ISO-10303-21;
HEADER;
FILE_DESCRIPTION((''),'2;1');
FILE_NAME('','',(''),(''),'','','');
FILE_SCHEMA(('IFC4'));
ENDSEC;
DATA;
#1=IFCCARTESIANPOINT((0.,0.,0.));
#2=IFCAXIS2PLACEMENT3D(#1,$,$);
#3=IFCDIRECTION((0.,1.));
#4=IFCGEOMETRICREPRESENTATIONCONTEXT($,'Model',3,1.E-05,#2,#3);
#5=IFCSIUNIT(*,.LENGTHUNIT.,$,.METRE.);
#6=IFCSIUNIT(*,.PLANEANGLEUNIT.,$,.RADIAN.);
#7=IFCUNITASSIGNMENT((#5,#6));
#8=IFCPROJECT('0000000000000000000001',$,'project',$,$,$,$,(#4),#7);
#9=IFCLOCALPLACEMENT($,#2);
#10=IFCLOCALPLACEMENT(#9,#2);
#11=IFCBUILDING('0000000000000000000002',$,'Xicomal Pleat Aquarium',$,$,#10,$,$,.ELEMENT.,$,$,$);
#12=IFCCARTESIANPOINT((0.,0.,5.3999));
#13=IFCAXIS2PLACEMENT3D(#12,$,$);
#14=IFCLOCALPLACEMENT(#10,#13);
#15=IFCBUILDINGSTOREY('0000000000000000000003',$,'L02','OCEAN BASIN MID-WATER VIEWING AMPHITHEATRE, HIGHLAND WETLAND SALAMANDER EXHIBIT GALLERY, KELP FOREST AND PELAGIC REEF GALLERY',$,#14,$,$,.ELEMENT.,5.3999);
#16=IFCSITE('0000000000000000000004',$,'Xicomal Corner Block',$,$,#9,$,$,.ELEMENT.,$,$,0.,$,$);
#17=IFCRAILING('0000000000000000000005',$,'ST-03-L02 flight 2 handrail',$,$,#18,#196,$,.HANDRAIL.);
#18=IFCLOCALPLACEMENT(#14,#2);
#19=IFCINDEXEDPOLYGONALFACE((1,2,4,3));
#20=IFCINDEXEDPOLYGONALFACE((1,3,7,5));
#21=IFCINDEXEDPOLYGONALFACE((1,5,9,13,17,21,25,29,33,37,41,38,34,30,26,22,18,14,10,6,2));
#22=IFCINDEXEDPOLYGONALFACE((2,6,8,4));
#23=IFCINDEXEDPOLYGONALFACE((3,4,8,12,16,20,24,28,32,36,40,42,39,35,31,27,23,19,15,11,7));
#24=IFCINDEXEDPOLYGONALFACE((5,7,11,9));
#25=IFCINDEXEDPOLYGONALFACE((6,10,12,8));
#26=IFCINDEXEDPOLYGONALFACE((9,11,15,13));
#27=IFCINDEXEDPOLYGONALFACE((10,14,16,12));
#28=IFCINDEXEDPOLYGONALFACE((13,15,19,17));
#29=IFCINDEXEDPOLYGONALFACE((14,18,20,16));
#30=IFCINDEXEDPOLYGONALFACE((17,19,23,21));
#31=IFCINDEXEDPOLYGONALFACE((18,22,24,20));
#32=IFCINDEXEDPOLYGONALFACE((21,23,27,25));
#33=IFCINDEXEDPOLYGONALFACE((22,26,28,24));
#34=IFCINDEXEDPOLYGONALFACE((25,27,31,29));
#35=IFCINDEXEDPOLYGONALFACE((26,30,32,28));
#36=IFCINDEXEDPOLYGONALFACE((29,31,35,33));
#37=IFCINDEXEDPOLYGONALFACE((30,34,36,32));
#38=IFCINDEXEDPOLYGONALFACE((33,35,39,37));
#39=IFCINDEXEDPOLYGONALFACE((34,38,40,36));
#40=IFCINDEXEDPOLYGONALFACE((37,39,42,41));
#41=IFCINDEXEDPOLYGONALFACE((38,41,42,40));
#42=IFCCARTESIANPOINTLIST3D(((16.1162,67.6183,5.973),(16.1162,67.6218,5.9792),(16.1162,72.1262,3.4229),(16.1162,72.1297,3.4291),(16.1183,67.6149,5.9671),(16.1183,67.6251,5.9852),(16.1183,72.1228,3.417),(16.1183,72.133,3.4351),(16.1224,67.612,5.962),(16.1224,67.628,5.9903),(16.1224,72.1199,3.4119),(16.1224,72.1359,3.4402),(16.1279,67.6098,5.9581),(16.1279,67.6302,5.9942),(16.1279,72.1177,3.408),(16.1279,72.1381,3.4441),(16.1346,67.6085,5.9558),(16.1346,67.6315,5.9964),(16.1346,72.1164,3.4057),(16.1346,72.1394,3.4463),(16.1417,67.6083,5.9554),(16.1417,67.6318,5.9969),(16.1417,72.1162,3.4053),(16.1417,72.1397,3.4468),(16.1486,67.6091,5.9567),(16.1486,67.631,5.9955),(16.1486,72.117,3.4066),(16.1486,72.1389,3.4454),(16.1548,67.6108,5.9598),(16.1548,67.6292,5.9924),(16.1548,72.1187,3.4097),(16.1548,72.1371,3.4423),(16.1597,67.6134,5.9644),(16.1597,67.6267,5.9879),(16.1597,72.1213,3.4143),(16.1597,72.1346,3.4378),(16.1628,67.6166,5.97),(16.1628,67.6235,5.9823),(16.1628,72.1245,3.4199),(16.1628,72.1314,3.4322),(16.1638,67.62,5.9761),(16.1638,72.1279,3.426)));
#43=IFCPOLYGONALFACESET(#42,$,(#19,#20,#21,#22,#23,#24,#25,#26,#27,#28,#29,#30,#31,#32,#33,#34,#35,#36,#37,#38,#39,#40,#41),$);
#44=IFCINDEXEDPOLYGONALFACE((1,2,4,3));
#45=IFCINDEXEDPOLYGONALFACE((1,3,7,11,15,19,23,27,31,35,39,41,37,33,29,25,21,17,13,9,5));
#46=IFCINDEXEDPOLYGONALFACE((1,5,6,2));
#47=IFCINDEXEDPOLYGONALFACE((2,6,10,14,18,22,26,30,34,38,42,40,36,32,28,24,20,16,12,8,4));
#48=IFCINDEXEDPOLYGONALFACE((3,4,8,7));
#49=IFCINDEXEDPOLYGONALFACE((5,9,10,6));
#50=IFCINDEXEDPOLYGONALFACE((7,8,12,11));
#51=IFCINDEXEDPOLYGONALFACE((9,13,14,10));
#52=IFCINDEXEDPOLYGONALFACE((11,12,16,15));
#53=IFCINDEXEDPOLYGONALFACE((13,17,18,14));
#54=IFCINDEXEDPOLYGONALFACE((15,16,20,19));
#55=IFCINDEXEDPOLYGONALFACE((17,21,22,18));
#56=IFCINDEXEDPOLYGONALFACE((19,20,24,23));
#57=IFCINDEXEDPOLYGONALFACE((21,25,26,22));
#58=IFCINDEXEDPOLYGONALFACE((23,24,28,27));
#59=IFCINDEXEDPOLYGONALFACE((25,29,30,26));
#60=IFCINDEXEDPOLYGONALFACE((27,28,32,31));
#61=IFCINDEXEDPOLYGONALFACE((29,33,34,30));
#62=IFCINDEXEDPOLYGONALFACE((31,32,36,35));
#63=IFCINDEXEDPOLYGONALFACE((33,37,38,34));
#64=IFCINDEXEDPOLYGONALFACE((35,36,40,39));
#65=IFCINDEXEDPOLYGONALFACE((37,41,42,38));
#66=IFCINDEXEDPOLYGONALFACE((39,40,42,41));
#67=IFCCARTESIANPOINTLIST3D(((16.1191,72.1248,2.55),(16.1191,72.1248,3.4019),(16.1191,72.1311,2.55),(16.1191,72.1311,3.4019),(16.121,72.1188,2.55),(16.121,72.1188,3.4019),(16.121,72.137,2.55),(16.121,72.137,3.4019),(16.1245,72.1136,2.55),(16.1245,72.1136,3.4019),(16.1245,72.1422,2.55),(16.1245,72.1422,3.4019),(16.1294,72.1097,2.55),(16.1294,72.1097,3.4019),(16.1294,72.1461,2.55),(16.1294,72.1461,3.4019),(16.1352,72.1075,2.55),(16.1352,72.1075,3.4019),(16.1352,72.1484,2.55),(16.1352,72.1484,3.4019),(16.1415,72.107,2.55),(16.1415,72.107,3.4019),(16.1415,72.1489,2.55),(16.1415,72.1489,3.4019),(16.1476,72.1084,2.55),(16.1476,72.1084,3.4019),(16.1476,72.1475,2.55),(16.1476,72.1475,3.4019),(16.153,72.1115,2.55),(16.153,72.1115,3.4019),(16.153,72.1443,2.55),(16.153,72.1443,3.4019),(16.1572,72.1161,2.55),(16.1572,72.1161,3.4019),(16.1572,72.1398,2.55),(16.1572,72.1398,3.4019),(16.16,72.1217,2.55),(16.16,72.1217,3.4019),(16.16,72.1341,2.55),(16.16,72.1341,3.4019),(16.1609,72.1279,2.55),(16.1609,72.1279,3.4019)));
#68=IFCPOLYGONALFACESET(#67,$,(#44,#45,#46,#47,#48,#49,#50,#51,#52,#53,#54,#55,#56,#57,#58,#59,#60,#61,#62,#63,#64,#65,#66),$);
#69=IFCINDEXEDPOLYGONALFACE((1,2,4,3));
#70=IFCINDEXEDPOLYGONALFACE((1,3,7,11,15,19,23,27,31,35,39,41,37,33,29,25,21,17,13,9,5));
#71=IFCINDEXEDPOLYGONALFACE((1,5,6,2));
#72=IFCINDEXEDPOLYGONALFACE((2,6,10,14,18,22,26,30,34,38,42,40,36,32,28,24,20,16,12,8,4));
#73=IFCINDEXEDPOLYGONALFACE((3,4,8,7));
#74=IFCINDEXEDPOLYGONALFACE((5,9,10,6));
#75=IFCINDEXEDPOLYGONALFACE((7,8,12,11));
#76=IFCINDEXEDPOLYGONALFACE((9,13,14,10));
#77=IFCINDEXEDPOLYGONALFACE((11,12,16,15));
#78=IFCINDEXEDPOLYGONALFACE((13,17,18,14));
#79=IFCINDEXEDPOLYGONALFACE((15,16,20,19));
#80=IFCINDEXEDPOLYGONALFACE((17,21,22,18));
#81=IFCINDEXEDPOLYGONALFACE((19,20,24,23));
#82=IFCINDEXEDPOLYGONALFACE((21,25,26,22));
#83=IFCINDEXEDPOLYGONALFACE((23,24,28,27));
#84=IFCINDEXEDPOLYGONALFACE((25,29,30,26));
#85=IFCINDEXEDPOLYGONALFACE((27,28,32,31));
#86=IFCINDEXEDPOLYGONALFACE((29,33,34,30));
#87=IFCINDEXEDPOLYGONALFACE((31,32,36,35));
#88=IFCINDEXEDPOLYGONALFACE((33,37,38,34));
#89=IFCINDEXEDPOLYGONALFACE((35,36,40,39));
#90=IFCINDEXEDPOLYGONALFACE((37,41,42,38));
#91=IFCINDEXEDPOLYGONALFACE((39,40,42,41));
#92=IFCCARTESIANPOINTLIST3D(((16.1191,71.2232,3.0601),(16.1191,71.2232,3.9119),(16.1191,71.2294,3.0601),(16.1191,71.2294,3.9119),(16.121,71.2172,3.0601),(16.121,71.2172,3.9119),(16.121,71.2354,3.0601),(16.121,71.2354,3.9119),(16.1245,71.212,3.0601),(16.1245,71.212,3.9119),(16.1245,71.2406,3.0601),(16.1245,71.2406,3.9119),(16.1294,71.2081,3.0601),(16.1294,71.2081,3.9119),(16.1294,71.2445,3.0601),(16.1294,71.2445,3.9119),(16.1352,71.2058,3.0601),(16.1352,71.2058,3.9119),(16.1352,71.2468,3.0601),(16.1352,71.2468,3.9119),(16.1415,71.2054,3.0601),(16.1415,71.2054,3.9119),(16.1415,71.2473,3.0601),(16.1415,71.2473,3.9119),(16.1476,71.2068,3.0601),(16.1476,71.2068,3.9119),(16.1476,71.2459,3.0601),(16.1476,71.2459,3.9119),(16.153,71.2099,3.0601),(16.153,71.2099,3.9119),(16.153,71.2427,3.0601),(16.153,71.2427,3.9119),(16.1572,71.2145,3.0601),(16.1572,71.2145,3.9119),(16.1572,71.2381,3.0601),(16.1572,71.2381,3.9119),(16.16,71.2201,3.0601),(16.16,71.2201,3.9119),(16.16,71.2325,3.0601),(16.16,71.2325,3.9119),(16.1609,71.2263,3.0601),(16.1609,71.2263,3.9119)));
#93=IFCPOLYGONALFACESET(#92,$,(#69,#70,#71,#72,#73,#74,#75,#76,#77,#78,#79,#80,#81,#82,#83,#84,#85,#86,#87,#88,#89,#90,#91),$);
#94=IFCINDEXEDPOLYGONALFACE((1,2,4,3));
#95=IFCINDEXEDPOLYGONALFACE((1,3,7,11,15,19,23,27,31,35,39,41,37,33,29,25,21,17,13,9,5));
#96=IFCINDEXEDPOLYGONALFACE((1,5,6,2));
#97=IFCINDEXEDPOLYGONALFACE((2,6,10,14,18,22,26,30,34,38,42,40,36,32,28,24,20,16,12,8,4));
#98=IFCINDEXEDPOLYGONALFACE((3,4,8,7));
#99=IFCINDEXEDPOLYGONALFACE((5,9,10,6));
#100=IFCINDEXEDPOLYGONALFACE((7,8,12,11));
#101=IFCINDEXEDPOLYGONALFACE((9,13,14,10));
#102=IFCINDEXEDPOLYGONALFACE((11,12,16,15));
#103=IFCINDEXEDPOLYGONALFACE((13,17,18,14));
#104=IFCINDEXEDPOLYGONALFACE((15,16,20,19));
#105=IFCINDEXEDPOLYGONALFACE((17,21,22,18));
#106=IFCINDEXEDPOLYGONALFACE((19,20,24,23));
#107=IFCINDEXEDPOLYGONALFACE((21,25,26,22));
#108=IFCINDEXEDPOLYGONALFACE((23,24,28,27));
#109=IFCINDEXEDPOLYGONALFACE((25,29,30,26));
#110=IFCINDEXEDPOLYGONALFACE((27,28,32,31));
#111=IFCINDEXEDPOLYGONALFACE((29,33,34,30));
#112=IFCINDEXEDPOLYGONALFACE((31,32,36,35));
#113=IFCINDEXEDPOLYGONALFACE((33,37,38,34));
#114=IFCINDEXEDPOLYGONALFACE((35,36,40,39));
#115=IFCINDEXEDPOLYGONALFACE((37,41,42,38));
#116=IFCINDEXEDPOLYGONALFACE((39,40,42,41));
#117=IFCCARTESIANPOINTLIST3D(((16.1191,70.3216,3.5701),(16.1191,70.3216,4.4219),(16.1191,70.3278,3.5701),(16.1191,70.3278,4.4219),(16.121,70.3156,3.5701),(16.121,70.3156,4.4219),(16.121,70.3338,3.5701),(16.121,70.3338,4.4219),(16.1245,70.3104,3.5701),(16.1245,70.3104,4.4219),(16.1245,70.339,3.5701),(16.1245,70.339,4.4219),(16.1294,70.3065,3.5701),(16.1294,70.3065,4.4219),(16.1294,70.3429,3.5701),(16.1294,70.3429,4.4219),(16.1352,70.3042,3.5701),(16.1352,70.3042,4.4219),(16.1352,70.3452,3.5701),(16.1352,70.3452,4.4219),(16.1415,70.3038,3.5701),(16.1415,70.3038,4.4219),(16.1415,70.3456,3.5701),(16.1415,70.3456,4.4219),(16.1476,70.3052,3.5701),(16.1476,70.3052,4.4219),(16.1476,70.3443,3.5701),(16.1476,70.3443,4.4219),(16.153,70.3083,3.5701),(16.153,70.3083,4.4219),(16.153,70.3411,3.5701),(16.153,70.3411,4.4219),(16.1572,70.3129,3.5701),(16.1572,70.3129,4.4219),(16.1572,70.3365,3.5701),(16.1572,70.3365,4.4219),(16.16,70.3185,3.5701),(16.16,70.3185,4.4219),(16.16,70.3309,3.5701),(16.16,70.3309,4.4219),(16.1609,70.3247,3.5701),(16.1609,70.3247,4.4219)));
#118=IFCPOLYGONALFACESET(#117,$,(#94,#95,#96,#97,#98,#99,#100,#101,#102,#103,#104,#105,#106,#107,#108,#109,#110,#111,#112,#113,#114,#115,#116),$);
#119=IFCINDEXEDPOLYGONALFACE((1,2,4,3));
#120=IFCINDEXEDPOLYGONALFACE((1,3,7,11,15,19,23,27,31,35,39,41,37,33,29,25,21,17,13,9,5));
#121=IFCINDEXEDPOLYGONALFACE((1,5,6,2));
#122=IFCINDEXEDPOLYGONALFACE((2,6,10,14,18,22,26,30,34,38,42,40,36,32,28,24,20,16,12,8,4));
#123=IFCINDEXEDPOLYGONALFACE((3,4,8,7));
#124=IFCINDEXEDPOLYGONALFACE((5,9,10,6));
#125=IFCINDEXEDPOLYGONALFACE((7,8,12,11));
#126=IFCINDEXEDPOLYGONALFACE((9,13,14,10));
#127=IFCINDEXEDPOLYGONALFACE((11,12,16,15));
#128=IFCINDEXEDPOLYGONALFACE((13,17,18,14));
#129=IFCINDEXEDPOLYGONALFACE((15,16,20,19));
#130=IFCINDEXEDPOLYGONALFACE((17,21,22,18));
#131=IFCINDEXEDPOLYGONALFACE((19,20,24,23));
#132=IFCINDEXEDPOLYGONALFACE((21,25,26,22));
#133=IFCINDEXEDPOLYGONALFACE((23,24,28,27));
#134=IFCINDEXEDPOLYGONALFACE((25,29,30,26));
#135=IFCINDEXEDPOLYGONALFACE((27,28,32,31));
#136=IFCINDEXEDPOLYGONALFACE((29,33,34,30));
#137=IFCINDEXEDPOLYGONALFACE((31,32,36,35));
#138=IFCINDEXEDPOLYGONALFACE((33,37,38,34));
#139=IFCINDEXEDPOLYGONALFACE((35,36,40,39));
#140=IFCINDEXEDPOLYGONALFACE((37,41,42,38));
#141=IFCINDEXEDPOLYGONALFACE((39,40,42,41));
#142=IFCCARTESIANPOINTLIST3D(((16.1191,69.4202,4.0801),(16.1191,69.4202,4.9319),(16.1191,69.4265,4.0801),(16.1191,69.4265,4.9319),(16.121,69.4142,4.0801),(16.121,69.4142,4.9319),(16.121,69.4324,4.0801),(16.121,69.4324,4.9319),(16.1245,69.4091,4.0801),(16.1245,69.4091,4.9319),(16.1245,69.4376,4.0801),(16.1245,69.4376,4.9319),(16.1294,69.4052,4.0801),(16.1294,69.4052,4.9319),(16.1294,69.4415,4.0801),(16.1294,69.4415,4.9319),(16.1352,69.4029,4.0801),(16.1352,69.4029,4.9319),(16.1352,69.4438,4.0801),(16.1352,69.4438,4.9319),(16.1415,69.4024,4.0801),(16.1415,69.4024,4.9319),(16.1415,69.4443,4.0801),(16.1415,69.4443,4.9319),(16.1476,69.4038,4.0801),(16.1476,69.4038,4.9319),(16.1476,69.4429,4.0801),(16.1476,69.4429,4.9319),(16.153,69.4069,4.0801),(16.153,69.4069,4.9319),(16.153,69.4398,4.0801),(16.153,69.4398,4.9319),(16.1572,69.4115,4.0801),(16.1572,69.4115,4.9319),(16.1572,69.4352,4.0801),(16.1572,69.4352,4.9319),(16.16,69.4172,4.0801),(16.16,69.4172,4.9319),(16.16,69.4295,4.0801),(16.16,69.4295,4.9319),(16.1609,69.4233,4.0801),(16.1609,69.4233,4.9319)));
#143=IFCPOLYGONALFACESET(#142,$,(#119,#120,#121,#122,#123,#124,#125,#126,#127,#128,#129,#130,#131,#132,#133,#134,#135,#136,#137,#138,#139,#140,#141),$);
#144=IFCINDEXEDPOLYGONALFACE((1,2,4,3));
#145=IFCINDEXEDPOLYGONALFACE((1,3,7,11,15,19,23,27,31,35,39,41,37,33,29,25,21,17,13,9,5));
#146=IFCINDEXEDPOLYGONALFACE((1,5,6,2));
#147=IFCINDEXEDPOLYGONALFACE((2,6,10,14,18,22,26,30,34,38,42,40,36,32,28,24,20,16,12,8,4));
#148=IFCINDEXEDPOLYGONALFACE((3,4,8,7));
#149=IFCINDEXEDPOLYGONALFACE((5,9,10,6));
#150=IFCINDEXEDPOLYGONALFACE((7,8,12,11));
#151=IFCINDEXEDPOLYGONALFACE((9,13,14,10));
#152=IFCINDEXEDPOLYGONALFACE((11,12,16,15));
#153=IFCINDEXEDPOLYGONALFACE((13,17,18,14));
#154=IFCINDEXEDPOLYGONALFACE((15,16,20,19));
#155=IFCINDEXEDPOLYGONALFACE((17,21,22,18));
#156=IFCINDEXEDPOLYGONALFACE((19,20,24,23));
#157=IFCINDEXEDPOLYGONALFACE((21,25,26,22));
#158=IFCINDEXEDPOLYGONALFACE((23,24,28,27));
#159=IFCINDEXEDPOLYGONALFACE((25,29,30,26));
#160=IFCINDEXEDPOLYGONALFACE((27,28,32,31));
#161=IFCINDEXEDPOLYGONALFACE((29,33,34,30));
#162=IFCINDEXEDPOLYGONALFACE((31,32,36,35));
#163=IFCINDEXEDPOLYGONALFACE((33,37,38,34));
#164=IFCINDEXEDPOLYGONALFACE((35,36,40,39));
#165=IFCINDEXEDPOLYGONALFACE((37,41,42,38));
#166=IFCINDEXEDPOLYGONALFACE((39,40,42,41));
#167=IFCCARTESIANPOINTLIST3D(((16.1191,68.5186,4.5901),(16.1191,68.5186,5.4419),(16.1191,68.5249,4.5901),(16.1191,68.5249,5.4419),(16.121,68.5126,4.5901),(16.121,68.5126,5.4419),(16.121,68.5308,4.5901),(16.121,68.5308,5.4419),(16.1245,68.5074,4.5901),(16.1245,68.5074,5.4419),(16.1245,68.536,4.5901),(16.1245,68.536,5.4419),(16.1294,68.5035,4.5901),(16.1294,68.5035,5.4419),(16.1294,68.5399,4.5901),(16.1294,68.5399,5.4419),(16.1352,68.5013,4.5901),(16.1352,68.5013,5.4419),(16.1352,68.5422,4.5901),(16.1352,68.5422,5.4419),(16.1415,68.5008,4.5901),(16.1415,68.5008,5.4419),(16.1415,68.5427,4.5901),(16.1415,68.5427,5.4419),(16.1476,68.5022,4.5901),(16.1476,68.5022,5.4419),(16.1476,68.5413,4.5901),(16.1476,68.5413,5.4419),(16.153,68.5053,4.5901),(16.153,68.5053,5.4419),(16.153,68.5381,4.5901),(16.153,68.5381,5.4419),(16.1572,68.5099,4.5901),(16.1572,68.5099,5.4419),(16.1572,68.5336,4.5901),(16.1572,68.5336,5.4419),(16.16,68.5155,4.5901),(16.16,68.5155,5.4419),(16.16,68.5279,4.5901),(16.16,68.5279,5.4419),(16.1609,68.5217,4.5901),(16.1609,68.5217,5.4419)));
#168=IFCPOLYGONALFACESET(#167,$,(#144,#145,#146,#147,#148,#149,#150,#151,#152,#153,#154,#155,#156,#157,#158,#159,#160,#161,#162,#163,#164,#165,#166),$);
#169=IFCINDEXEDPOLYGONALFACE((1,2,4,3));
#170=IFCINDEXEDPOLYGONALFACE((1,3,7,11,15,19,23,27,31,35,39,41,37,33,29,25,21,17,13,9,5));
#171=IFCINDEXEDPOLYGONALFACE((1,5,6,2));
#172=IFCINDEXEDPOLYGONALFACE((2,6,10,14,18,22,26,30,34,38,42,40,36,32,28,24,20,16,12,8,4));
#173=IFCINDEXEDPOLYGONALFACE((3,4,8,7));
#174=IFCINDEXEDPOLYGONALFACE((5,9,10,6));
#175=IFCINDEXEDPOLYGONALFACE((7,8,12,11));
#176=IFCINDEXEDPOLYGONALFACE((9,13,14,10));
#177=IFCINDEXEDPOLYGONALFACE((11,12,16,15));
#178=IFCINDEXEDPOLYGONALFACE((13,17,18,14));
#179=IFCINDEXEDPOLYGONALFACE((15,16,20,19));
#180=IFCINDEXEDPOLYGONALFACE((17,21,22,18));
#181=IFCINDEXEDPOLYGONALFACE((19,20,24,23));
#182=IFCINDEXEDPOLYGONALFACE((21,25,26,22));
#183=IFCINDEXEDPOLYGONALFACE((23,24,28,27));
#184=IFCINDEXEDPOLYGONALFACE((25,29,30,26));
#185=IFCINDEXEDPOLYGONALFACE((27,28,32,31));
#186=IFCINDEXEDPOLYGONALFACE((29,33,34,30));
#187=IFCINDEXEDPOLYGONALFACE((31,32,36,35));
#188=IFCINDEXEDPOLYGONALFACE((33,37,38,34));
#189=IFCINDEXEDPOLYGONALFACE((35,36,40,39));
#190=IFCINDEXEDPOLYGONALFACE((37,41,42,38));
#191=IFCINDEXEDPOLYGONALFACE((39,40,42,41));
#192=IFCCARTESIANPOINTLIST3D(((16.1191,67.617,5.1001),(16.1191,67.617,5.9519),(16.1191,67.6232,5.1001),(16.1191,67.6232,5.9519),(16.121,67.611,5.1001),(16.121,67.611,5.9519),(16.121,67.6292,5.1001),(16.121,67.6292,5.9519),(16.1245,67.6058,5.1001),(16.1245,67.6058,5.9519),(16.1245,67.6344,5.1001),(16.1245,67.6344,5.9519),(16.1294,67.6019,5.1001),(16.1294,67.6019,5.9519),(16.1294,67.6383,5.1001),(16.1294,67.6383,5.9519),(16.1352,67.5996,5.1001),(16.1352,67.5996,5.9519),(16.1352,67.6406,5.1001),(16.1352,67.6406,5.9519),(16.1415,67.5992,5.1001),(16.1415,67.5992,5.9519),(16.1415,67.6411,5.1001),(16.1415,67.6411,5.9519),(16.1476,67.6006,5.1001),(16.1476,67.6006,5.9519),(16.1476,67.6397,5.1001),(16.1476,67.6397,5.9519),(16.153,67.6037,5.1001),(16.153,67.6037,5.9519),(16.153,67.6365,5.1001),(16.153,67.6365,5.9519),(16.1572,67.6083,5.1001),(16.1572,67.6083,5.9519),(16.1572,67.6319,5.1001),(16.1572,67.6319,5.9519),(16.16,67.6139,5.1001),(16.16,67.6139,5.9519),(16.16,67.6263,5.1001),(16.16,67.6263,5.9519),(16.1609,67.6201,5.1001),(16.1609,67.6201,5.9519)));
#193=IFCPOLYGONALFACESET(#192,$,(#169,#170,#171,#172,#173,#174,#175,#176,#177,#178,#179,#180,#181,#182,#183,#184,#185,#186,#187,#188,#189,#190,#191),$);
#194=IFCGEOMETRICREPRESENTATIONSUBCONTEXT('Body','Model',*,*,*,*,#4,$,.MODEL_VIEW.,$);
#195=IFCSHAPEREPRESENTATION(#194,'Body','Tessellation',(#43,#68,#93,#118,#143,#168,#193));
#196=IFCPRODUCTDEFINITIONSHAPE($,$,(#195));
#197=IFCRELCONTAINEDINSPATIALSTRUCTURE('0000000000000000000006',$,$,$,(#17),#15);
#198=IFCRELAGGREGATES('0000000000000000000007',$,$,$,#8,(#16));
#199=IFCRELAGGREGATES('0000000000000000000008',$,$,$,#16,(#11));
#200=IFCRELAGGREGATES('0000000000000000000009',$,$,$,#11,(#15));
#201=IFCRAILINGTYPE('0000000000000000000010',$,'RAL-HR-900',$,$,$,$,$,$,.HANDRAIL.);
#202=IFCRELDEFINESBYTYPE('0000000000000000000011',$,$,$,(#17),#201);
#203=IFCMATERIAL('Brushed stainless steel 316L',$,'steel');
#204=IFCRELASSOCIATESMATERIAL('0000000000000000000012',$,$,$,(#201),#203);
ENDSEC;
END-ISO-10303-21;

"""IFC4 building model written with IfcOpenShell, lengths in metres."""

from ifc_helpers import new_model, si_unit, direction, frame, origin, origin_2d, place, context, subcontext, project, spatial, circle, extrude, material, type_object, element, save


model = new_model("IFC4")

# Units and contexts
model_context = context("Model", 3, precision=1e-05, world=origin(), true_north=direction((0.0, 1.0)))
body_context = subcontext(model_context, "Body", "Model", "MODEL_VIEW")
ifc_project = project(units=[si_unit("LENGTHUNIT", "METRE"), si_unit("PLANEANGLEUNIT", "RADIAN")], contexts=[model_context])

# Site, building, storey
site_placement = place(None, origin())
site = spatial("IfcSite", under=ifc_project, at=site_placement, Name="Xicomal Corner Block", CompositionType="ELEMENT", RefElevation=0.0)
building_placement = place(site_placement, origin())
building = spatial("IfcBuilding", under=site, at=building_placement, Name="Xicomal Pleat Aquarium", CompositionType="ELEMENT")
storey_placement = place(building_placement, frame((0.0, 0.0, 5.3999)))
storey = spatial("IfcBuildingStorey", under=building, at=storey_placement, Name="L02", Description="OCEAN BASIN MID-WATER VIEWING AMPHITHEATRE, HIGHLAND WETLAND SALAMANDER EXHIBIT GALLERY, KELP FOREST AND PELAGIC REEF GALLERY", CompositionType="ELEMENT", Elevation=5.3999)

# Railing
ifc_material_1 = material(Name="Brushed stainless steel 316L", Category="steel")
railing_type_1 = type_object("IfcRailingType", Name="RAL-HR-900", PredefinedType="HANDRAIL", material=ifc_material_1)
railing_1_placement = place(storey_placement, frame((16.1399, 72.1279, 2.55)))
element("IfcRailing", 1, at=railing_1_placement, inside=storey, type_object=railing_type_1, Name="ST-03-L02 flight 2 handrail", PredefinedType="HANDRAIL", context=body_context, shape_type="SweptSolid", body=[
    extrude(circle(Radius=0.0239, at=origin_2d()), frame((0.0, 0.0, 0.876), z_axis=(0.0, -0.870385, 0.492373), x_axis=(1.0, 0.0, 0.0)), (0.0, 0.0, 1.0), 5.1792),
    extrude(circle(Radius=0.021, at=origin_2d()), origin(), (0.0, 0.0, 1.0), 0.8518),
    extrude(circle(Radius=0.021, at=origin_2d()), frame((0.0, -0.9016, 0.51)), (0.0, 0.0, 1.0), 0.8518),
    extrude(circle(Radius=0.021, at=origin_2d()), frame((0.0, -1.8032, 1.02)), (0.0, 0.0, 1.0), 0.8518),
    extrude(circle(Radius=0.021, at=origin_2d()), frame((0.0, -2.7046, 1.53)), (0.0, 0.0, 1.0), 0.8518),
    extrude(circle(Radius=0.021, at=origin_2d()), frame((0.0, -3.6062, 2.04)), (0.0, 0.0, 1.0), 0.8518),
    extrude(circle(Radius=0.021, at=origin_2d()), frame((0.0, -4.5078, 2.55)), (0.0, 0.0, 1.0), 0.8518),
])

save(model, "model.ifc")
